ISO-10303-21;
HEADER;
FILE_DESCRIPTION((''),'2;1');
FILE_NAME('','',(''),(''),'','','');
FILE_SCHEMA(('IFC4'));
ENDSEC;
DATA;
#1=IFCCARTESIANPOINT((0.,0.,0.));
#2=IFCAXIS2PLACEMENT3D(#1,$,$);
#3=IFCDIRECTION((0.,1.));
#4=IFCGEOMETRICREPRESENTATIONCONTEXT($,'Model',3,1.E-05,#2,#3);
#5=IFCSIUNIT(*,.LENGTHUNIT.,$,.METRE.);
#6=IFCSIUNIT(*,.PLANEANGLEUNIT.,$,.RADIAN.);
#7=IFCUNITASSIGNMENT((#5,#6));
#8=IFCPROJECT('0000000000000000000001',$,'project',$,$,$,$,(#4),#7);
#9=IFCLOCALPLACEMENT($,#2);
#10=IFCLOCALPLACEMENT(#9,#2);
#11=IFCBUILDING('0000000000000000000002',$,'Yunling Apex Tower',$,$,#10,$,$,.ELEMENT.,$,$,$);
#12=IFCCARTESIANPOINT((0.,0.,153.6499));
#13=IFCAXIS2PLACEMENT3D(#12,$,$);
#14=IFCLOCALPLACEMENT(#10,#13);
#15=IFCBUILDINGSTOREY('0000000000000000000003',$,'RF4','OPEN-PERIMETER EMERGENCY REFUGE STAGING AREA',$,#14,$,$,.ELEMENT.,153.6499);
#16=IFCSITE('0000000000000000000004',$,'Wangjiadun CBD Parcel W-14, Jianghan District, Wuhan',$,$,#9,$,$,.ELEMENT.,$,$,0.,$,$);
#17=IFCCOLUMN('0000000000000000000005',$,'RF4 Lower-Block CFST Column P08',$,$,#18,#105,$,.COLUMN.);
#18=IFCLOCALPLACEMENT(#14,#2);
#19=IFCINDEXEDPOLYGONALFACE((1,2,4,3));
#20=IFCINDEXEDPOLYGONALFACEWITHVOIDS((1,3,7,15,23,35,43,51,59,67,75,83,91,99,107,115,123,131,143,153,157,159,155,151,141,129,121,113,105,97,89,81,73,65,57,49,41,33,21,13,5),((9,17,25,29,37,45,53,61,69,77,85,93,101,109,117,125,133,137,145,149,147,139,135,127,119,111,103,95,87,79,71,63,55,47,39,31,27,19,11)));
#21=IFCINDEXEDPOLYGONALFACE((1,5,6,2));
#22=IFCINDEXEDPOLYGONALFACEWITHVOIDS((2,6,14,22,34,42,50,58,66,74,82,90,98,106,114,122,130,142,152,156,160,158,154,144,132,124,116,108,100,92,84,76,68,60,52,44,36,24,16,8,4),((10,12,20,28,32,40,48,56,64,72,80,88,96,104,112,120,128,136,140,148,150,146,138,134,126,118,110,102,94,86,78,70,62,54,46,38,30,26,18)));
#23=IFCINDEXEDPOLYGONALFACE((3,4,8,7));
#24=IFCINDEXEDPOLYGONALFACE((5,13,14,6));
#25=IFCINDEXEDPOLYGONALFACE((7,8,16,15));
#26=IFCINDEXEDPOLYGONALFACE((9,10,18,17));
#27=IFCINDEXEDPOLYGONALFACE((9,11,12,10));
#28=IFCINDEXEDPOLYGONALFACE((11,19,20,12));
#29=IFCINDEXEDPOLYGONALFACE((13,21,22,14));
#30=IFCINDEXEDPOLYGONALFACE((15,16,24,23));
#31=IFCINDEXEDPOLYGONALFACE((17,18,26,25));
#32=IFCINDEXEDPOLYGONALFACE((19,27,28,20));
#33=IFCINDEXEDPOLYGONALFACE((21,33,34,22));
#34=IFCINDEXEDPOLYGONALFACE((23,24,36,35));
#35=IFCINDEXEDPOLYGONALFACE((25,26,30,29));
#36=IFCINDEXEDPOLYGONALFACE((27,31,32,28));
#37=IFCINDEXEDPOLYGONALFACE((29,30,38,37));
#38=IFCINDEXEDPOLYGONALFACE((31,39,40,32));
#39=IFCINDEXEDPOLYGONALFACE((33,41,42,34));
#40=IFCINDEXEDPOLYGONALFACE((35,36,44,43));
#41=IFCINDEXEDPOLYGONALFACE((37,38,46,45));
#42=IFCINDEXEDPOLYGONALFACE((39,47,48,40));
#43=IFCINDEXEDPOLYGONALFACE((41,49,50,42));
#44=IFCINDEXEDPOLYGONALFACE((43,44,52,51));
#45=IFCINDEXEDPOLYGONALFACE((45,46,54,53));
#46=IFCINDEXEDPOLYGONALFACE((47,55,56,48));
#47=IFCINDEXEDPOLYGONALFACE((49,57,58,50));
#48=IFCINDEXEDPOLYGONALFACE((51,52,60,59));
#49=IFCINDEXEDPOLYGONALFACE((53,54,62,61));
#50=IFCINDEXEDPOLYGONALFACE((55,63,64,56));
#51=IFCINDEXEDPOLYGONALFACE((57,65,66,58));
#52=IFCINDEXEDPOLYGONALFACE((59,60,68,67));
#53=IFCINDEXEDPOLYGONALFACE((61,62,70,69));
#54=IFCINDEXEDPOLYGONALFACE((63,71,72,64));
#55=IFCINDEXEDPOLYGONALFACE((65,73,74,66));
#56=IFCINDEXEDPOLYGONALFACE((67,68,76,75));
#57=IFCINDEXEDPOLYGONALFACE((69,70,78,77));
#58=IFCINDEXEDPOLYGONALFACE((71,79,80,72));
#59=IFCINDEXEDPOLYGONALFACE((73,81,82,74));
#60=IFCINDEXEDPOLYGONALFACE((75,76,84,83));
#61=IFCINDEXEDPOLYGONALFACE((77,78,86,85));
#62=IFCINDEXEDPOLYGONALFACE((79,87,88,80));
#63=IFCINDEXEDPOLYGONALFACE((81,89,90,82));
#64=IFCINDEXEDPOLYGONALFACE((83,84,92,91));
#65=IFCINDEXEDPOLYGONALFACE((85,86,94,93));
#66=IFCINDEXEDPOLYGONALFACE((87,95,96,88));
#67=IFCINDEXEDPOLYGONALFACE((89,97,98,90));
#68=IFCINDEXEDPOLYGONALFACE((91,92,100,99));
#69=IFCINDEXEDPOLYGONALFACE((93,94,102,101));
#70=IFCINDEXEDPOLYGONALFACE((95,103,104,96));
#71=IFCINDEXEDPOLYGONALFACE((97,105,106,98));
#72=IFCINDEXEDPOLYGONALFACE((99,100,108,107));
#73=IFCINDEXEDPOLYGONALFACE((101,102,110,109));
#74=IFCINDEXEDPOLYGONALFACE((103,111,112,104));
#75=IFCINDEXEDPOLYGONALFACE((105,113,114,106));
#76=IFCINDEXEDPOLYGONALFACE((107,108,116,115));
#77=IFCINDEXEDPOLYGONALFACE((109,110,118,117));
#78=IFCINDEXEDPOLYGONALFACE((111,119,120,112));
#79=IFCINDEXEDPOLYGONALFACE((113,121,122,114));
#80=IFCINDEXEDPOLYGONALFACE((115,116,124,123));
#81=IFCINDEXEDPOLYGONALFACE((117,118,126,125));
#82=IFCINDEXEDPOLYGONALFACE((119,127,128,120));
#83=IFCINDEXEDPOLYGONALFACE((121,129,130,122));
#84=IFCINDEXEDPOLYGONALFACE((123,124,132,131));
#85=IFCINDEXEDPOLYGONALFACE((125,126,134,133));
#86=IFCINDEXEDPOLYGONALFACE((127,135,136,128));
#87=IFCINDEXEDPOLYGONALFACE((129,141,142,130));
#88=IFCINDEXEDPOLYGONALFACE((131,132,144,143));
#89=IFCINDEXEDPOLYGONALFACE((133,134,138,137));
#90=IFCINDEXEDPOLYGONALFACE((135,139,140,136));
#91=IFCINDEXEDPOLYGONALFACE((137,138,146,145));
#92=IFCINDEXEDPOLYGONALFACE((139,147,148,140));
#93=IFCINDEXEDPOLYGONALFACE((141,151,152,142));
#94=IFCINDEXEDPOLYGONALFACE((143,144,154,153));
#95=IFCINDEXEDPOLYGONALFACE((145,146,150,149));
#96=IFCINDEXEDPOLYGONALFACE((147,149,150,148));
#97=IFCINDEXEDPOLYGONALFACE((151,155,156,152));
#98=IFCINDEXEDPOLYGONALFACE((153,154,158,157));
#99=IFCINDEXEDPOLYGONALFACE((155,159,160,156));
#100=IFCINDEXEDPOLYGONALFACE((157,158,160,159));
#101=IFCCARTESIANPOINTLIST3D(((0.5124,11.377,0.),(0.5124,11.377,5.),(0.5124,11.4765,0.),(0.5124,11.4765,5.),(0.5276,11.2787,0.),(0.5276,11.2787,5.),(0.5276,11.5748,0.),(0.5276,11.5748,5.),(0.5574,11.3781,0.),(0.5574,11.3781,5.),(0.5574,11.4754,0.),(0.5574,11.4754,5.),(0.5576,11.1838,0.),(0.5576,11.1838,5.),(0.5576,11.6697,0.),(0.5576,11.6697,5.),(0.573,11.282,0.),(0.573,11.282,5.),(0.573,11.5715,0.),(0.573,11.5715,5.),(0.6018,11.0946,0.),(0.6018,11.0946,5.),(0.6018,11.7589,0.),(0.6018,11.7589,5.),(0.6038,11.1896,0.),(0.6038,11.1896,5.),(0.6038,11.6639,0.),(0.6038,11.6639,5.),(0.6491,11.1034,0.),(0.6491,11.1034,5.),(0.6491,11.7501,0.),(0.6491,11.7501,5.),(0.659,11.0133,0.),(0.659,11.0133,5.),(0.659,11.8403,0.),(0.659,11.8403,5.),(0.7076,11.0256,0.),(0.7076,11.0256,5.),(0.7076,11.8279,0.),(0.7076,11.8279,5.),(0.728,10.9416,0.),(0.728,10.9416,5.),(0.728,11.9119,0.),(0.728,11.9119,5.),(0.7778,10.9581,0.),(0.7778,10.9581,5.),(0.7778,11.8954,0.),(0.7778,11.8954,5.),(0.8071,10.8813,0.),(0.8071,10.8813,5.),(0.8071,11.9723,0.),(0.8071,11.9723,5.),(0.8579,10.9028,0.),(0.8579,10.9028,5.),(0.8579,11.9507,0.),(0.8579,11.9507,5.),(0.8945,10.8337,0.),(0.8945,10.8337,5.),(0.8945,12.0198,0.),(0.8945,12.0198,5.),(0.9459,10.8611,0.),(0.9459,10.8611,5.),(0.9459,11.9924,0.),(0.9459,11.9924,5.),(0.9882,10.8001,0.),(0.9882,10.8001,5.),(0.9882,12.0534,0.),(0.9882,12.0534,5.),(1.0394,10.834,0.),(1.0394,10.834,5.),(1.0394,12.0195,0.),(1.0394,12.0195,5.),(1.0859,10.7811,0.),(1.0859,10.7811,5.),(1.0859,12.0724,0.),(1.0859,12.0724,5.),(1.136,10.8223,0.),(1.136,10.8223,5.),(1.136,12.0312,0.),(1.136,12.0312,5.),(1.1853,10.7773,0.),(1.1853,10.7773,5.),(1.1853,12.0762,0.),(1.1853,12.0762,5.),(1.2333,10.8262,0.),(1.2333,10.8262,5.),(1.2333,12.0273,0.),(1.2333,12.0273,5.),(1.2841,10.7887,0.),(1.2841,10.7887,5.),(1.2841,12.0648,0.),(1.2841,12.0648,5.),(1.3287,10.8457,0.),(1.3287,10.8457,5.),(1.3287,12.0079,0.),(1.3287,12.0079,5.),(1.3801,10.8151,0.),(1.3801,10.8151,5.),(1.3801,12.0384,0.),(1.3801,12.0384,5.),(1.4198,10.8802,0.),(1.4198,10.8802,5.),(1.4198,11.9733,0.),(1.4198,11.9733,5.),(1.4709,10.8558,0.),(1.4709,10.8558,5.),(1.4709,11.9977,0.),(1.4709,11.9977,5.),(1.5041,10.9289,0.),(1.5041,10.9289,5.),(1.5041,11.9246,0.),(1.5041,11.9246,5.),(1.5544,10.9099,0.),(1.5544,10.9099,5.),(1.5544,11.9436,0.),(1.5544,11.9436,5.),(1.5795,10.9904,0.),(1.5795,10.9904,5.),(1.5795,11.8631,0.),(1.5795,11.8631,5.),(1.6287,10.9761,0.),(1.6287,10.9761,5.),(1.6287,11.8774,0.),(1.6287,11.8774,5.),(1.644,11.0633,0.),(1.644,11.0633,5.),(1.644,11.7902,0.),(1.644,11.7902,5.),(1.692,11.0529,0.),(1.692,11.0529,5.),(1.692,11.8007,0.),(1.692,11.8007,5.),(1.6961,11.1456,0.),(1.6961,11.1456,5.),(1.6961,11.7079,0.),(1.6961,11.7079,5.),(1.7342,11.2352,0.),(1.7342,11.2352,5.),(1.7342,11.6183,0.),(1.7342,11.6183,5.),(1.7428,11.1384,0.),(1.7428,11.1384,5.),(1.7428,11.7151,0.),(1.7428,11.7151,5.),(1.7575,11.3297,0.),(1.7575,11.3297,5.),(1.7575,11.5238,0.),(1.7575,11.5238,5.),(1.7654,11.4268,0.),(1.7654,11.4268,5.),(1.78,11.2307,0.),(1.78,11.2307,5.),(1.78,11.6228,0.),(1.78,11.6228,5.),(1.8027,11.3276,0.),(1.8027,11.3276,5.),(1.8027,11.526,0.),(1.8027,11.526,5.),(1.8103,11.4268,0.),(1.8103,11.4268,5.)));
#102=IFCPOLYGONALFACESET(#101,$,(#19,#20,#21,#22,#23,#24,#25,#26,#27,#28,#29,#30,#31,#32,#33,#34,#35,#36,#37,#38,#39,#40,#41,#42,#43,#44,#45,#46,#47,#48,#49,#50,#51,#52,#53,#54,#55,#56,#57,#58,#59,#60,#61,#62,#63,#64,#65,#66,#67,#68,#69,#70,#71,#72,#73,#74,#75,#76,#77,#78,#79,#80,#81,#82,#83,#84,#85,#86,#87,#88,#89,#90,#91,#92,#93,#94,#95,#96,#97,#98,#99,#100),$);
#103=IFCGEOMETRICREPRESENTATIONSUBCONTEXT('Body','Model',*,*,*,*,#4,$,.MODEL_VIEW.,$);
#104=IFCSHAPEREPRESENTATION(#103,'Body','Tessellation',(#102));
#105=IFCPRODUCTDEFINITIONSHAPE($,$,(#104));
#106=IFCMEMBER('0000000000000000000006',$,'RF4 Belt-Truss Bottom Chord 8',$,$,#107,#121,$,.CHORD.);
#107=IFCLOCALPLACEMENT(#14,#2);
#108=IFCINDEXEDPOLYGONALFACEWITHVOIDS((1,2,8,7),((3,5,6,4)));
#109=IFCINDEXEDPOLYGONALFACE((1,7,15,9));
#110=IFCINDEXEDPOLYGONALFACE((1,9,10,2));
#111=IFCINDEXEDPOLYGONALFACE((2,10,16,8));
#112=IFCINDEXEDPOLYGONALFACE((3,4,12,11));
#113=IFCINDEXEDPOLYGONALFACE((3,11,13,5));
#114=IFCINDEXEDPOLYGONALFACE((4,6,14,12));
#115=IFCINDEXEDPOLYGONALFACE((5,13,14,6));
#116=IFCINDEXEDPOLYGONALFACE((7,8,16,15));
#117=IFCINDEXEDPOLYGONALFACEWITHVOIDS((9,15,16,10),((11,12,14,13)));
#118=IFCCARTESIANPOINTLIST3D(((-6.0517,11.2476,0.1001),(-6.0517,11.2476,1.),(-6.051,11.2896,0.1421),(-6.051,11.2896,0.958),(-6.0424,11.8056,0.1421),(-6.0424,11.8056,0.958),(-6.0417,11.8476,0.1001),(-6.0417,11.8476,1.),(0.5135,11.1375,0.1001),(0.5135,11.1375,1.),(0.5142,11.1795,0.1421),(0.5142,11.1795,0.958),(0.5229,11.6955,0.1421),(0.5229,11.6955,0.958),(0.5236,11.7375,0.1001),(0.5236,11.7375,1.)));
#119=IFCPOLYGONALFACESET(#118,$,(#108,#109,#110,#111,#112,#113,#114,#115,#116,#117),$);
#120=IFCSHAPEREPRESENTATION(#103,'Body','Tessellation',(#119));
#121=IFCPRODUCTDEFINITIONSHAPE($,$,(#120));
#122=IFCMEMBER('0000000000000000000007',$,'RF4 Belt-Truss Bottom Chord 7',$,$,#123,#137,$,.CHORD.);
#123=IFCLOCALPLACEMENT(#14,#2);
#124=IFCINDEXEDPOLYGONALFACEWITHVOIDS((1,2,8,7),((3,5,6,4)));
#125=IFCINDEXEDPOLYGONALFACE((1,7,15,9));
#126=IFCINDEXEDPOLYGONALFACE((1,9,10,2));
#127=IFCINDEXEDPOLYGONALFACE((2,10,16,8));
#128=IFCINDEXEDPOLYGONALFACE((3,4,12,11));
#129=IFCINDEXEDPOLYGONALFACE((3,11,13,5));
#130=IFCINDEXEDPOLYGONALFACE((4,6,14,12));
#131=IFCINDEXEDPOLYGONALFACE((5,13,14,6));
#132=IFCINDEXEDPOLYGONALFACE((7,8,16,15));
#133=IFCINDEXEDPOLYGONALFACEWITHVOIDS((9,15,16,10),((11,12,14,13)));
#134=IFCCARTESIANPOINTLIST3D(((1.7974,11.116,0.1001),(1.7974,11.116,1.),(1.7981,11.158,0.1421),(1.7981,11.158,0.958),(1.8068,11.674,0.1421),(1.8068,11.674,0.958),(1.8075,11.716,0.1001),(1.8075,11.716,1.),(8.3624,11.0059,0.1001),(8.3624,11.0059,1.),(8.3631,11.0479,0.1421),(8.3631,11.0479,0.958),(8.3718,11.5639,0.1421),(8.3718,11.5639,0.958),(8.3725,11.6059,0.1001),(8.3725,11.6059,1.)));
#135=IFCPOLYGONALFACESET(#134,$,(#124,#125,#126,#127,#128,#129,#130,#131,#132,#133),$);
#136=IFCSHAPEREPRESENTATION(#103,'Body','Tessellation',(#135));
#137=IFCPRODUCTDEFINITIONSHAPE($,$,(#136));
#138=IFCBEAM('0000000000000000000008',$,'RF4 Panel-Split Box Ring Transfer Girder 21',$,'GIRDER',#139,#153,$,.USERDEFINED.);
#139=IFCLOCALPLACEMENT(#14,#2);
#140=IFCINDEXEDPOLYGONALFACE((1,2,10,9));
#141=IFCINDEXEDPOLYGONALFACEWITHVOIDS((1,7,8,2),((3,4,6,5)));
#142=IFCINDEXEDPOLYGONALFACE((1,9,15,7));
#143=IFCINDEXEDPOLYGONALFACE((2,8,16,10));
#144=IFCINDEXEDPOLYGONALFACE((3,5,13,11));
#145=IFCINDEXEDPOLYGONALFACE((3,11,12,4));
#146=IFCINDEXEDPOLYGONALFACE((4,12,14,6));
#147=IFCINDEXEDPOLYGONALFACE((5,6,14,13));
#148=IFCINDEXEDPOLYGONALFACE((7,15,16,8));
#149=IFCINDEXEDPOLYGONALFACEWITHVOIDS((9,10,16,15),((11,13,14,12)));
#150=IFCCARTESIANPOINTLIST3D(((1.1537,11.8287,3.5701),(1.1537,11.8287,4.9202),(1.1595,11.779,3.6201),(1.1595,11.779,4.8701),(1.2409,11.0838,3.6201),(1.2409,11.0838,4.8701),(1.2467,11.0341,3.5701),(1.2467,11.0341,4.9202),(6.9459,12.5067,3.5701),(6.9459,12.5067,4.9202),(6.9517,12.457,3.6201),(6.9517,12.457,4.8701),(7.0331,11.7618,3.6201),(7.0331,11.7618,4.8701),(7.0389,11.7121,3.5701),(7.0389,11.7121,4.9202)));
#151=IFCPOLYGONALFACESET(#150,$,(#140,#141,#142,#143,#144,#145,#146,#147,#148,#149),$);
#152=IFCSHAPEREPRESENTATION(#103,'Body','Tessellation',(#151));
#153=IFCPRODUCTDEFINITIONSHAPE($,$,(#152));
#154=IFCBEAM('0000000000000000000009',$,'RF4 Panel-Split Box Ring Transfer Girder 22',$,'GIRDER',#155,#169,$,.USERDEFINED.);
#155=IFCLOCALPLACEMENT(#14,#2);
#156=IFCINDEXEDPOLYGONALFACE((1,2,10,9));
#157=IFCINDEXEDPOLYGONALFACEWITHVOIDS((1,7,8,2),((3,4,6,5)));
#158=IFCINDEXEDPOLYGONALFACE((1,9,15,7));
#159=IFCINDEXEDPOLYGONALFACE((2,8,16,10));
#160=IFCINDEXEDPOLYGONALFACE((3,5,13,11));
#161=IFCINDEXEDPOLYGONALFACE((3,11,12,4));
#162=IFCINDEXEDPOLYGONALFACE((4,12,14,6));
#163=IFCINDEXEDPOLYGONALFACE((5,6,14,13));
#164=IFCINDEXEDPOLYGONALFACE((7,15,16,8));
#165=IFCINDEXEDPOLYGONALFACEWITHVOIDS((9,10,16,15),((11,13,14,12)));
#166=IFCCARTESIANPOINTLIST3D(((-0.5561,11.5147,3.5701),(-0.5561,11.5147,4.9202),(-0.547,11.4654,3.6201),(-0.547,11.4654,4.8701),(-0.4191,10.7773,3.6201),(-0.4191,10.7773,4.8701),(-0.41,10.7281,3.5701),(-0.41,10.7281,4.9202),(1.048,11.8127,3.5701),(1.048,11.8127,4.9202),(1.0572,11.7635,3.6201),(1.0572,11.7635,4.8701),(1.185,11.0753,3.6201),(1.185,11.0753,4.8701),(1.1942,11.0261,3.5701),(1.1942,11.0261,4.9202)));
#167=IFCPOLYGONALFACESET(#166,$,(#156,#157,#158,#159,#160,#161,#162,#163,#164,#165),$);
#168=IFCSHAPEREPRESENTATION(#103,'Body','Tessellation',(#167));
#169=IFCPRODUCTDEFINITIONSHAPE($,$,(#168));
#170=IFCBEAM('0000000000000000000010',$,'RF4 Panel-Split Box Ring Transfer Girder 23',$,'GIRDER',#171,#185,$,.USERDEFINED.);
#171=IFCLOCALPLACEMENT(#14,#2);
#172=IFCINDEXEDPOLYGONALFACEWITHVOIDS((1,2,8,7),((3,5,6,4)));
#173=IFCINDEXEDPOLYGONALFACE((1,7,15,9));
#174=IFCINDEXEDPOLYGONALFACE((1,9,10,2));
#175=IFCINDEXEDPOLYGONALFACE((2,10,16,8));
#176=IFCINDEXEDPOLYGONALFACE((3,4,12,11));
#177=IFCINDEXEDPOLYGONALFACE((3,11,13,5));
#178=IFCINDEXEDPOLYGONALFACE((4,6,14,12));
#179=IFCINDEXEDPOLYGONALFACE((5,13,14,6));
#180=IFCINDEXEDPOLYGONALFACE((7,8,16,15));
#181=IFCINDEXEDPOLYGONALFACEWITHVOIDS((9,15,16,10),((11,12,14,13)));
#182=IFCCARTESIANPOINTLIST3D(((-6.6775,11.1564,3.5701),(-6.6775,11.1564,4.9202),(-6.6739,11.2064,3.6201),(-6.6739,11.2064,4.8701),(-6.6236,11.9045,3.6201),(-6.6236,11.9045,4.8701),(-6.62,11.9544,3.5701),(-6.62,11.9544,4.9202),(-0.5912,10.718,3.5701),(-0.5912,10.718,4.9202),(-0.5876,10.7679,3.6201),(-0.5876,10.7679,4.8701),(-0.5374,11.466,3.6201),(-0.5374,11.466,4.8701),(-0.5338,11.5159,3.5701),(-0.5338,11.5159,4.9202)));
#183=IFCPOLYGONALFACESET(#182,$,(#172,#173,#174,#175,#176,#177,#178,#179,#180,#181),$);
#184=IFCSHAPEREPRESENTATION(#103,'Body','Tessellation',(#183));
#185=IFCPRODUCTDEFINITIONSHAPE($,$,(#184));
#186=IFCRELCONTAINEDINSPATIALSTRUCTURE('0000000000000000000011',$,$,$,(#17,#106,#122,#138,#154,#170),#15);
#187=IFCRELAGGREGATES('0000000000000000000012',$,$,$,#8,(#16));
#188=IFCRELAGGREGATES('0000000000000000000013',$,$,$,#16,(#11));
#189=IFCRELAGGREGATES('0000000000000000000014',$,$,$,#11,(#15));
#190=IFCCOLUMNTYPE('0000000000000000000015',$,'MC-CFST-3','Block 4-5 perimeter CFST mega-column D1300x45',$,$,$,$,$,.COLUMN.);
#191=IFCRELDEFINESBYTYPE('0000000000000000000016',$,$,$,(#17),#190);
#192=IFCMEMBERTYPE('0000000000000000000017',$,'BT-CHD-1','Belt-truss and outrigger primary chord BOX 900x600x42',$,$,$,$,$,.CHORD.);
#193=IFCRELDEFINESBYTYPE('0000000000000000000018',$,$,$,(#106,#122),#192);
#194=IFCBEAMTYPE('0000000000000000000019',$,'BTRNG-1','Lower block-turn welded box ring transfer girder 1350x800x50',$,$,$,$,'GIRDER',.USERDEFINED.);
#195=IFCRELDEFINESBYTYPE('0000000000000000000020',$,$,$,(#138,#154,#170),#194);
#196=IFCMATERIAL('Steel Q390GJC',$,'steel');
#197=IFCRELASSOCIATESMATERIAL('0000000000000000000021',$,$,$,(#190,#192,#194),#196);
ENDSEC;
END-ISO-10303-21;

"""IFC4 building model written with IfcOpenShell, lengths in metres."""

from ifc_helpers import new_model, si_unit, direction, frame, origin, origin_2d, place, context, subcontext, project, spatial, hollow_rectangle, hollow_circle, extrude, source, transform, mapped, material, material_profile, profile_set, type_object, element, save


model = new_model("IFC4")

# Units and contexts
model_context = context("Model", 3, precision=1e-05, world=origin(), true_north=direction((0.0, 1.0)))
body_context = subcontext(model_context, "Body", "Model", "MODEL_VIEW")
ifc_project = project(units=[si_unit("LENGTHUNIT", "METRE"), si_unit("PLANEANGLEUNIT", "RADIAN")], contexts=[model_context])

# Site, building, storey
site_placement = place(None, origin())
site = spatial("IfcSite", under=ifc_project, at=site_placement, Name="Wangjiadun CBD Parcel W-14, Jianghan District, Wuhan", CompositionType="ELEMENT", RefElevation=0.0)
building_placement = place(site_placement, origin())
building = spatial("IfcBuilding", under=site, at=building_placement, Name="Yunling Apex Tower", CompositionType="ELEMENT")
storey_placement = place(building_placement, frame((0.0, 0.0, 153.6499)))
storey = spatial("IfcBuildingStorey", under=building, at=storey_placement, Name="RF4", Description="OPEN-PERIMETER EMERGENCY REFUGE STAGING AREA", CompositionType="ELEMENT", Elevation=153.6499)

# Column
ifc_material_1 = material(Name="Steel Q390GJC", Category="steel")
ifc_material_profile_1 = material_profile(ifc_material_1, hollow_circle(Radius=0.6499, WallThickness=0.0449, at=origin_2d()))
ifc_profile_set_1 = profile_set([ifc_material_profile_1], Name="Steel Q390GJC")
column_type = type_object("IfcColumnType", Name="MC-CFST-3", Description="Block 4-5 perimeter CFST mega-column D1300x45", PredefinedType="COLUMN", material=ifc_profile_set_1)
shared_shape_1 = source(origin(), body_context, "Body", "SweptSolid", [
    extrude(hollow_circle(Radius=0.6499, WallThickness=0.0449, at=origin_2d()), origin(), (0.0, 0.0, 1.0), 5.0),
])
column_placement = place(storey_placement, frame((1.1604, 11.4268, 0.0), z_axis=(0.0, 0.0, 1.0), x_axis=(1.0, 0.0, 0.0)))
element("IfcColumn", 1, at=column_placement, inside=storey, type_object=column_type, Name="RF4 Lower-Block CFST Column P08", PredefinedType="COLUMN", context=body_context, shape_type="MappedRepresentation", body=[
    mapped(shared_shape_1, transform((0.0, 0.0, 0.0), scale=1.0)),
])

# Members
ifc_material_profile_2 = material_profile(ifc_material_1, hollow_rectangle(XDim=0.6001, YDim=0.8999, WallThickness=0.042, at=origin_2d()))
ifc_profile_set_2 = profile_set([ifc_material_profile_2], Name="Steel Q390GJC")
member_type_1 = type_object("IfcMemberType", Name="BT-CHD-1", Description="Belt-truss and outrigger primary chord BOX 900x600x42", PredefinedType="CHORD", material=ifc_profile_set_2)
shared_shape_2 = source(origin(), body_context, "Body", "SweptSolid", [
    extrude(hollow_rectangle(XDim=0.6001, YDim=0.8999, WallThickness=0.042, at=origin_2d()), origin(), (0.0, 0.0, 1.0), 6.5662),
])
member_1_placement = place(storey_placement, frame((0.5186, 11.4375, 0.55), z_axis=(-0.999859, 0.016769, 0.0), x_axis=(-0.016769, -0.999859, 0.0)))
element("IfcMember", 2, at=member_1_placement, inside=storey, type_object=member_type_1, Name="RF4 Belt-Truss Bottom Chord 8", PredefinedType="CHORD", context=body_context, shape_type="MappedRepresentation", body=[
    mapped(shared_shape_2, transform((0.0, 0.0, 0.0), scale=1.0)),
])
shared_shape_3 = source(origin(), body_context, "Body", "SweptSolid", [
    extrude(hollow_rectangle(XDim=0.6001, YDim=0.8999, WallThickness=0.042, at=origin_2d()), origin(), (0.0, 0.0, 1.0), 6.5659),
])
member_2_placement = place(storey_placement, frame((8.3674, 11.3059, 0.55), z_axis=(-0.999859, 0.01677, 0.0), x_axis=(-0.01677, -0.999859, 0.0)))
element("IfcMember", 3, at=member_2_placement, inside=storey, type_object=member_type_1, Name="RF4 Belt-Truss Bottom Chord 7", PredefinedType="CHORD", context=body_context, shape_type="MappedRepresentation", body=[
    mapped(shared_shape_3, transform((0.0, 0.0, 0.0), scale=1.0)),
])

# Beams
ifc_material_profile_3 = material_profile(ifc_material_1, hollow_rectangle(XDim=0.8, YDim=1.3501, WallThickness=0.05, at=origin_2d()))
ifc_profile_set_3 = profile_set([ifc_material_profile_3], Name="Steel Q390GJC")
beam_type = type_object("IfcBeamType", Name="BTRNG-1", Description="Lower block-turn welded box ring transfer girder 1350x800x50", ElementType="GIRDER", PredefinedType="USERDEFINED", material=ifc_profile_set_3)
shared_shape_4 = source(origin(), body_context, "Body", "SweptSolid", [
    extrude(hollow_rectangle(XDim=0.8, YDim=1.3501, WallThickness=0.05, at=origin_2d()), origin(), (0.0, 0.0, 1.0), 5.8318),
])
beam_1_placement = place(storey_placement, frame((6.9924, 12.1094, 4.2451), z_axis=(-0.993219, -0.116256, 0.0), x_axis=(0.116256, -0.993219, 0.0)))
element("IfcBeam", 4, at=beam_1_placement, inside=storey, type_object=beam_type, Name="RF4 Panel-Split Box Ring Transfer Girder 21", ObjectType="GIRDER", PredefinedType="USERDEFINED", context=body_context, shape_type="MappedRepresentation", body=[
    mapped(shared_shape_4, transform((0.0, 0.0, 0.0), scale=1.0)),
])
shared_shape_5 = source(origin(), body_context, "Body", "SweptSolid", [
    extrude(hollow_rectangle(XDim=0.8, YDim=1.3501, WallThickness=0.05, at=origin_2d()), origin(), (0.0, 0.0, 1.0), 1.6316),
])
beam_2_placement = place(storey_placement, frame((1.1211, 11.4194, 4.2451), z_axis=(-0.983171, -0.182689, 0.0), x_axis=(0.182689, -0.983171, 0.0)))
element("IfcBeam", 5, at=beam_2_placement, inside=storey, type_object=beam_type, Name="RF4 Panel-Split Box Ring Transfer Girder 22", ObjectType="GIRDER", PredefinedType="USERDEFINED", context=body_context, shape_type="MappedRepresentation", body=[
    mapped(shared_shape_5, transform((0.0, 0.0, 0.0), scale=1.0)),
])
shared_shape_6 = source(origin(), body_context, "Body", "SweptSolid", [
    extrude(hollow_rectangle(XDim=0.8, YDim=1.3501, WallThickness=0.05, at=origin_2d()), origin(), (0.0, 0.0, 1.0), 6.1021),
])
beam_3_placement = place(storey_placement, frame((-0.5625, 11.1169, 4.2451), z_axis=(-0.997415, 0.071858, 0.0), x_axis=(-0.071858, -0.997415, 0.0)))
element("IfcBeam", 6, at=beam_3_placement, inside=storey, type_object=beam_type, Name="RF4 Panel-Split Box Ring Transfer Girder 23", ObjectType="GIRDER", PredefinedType="USERDEFINED", context=body_context, shape_type="MappedRepresentation", body=[
    mapped(shared_shape_6, transform((0.0, 0.0, 0.0), scale=1.0)),
])

save(model, "model.ifc")
